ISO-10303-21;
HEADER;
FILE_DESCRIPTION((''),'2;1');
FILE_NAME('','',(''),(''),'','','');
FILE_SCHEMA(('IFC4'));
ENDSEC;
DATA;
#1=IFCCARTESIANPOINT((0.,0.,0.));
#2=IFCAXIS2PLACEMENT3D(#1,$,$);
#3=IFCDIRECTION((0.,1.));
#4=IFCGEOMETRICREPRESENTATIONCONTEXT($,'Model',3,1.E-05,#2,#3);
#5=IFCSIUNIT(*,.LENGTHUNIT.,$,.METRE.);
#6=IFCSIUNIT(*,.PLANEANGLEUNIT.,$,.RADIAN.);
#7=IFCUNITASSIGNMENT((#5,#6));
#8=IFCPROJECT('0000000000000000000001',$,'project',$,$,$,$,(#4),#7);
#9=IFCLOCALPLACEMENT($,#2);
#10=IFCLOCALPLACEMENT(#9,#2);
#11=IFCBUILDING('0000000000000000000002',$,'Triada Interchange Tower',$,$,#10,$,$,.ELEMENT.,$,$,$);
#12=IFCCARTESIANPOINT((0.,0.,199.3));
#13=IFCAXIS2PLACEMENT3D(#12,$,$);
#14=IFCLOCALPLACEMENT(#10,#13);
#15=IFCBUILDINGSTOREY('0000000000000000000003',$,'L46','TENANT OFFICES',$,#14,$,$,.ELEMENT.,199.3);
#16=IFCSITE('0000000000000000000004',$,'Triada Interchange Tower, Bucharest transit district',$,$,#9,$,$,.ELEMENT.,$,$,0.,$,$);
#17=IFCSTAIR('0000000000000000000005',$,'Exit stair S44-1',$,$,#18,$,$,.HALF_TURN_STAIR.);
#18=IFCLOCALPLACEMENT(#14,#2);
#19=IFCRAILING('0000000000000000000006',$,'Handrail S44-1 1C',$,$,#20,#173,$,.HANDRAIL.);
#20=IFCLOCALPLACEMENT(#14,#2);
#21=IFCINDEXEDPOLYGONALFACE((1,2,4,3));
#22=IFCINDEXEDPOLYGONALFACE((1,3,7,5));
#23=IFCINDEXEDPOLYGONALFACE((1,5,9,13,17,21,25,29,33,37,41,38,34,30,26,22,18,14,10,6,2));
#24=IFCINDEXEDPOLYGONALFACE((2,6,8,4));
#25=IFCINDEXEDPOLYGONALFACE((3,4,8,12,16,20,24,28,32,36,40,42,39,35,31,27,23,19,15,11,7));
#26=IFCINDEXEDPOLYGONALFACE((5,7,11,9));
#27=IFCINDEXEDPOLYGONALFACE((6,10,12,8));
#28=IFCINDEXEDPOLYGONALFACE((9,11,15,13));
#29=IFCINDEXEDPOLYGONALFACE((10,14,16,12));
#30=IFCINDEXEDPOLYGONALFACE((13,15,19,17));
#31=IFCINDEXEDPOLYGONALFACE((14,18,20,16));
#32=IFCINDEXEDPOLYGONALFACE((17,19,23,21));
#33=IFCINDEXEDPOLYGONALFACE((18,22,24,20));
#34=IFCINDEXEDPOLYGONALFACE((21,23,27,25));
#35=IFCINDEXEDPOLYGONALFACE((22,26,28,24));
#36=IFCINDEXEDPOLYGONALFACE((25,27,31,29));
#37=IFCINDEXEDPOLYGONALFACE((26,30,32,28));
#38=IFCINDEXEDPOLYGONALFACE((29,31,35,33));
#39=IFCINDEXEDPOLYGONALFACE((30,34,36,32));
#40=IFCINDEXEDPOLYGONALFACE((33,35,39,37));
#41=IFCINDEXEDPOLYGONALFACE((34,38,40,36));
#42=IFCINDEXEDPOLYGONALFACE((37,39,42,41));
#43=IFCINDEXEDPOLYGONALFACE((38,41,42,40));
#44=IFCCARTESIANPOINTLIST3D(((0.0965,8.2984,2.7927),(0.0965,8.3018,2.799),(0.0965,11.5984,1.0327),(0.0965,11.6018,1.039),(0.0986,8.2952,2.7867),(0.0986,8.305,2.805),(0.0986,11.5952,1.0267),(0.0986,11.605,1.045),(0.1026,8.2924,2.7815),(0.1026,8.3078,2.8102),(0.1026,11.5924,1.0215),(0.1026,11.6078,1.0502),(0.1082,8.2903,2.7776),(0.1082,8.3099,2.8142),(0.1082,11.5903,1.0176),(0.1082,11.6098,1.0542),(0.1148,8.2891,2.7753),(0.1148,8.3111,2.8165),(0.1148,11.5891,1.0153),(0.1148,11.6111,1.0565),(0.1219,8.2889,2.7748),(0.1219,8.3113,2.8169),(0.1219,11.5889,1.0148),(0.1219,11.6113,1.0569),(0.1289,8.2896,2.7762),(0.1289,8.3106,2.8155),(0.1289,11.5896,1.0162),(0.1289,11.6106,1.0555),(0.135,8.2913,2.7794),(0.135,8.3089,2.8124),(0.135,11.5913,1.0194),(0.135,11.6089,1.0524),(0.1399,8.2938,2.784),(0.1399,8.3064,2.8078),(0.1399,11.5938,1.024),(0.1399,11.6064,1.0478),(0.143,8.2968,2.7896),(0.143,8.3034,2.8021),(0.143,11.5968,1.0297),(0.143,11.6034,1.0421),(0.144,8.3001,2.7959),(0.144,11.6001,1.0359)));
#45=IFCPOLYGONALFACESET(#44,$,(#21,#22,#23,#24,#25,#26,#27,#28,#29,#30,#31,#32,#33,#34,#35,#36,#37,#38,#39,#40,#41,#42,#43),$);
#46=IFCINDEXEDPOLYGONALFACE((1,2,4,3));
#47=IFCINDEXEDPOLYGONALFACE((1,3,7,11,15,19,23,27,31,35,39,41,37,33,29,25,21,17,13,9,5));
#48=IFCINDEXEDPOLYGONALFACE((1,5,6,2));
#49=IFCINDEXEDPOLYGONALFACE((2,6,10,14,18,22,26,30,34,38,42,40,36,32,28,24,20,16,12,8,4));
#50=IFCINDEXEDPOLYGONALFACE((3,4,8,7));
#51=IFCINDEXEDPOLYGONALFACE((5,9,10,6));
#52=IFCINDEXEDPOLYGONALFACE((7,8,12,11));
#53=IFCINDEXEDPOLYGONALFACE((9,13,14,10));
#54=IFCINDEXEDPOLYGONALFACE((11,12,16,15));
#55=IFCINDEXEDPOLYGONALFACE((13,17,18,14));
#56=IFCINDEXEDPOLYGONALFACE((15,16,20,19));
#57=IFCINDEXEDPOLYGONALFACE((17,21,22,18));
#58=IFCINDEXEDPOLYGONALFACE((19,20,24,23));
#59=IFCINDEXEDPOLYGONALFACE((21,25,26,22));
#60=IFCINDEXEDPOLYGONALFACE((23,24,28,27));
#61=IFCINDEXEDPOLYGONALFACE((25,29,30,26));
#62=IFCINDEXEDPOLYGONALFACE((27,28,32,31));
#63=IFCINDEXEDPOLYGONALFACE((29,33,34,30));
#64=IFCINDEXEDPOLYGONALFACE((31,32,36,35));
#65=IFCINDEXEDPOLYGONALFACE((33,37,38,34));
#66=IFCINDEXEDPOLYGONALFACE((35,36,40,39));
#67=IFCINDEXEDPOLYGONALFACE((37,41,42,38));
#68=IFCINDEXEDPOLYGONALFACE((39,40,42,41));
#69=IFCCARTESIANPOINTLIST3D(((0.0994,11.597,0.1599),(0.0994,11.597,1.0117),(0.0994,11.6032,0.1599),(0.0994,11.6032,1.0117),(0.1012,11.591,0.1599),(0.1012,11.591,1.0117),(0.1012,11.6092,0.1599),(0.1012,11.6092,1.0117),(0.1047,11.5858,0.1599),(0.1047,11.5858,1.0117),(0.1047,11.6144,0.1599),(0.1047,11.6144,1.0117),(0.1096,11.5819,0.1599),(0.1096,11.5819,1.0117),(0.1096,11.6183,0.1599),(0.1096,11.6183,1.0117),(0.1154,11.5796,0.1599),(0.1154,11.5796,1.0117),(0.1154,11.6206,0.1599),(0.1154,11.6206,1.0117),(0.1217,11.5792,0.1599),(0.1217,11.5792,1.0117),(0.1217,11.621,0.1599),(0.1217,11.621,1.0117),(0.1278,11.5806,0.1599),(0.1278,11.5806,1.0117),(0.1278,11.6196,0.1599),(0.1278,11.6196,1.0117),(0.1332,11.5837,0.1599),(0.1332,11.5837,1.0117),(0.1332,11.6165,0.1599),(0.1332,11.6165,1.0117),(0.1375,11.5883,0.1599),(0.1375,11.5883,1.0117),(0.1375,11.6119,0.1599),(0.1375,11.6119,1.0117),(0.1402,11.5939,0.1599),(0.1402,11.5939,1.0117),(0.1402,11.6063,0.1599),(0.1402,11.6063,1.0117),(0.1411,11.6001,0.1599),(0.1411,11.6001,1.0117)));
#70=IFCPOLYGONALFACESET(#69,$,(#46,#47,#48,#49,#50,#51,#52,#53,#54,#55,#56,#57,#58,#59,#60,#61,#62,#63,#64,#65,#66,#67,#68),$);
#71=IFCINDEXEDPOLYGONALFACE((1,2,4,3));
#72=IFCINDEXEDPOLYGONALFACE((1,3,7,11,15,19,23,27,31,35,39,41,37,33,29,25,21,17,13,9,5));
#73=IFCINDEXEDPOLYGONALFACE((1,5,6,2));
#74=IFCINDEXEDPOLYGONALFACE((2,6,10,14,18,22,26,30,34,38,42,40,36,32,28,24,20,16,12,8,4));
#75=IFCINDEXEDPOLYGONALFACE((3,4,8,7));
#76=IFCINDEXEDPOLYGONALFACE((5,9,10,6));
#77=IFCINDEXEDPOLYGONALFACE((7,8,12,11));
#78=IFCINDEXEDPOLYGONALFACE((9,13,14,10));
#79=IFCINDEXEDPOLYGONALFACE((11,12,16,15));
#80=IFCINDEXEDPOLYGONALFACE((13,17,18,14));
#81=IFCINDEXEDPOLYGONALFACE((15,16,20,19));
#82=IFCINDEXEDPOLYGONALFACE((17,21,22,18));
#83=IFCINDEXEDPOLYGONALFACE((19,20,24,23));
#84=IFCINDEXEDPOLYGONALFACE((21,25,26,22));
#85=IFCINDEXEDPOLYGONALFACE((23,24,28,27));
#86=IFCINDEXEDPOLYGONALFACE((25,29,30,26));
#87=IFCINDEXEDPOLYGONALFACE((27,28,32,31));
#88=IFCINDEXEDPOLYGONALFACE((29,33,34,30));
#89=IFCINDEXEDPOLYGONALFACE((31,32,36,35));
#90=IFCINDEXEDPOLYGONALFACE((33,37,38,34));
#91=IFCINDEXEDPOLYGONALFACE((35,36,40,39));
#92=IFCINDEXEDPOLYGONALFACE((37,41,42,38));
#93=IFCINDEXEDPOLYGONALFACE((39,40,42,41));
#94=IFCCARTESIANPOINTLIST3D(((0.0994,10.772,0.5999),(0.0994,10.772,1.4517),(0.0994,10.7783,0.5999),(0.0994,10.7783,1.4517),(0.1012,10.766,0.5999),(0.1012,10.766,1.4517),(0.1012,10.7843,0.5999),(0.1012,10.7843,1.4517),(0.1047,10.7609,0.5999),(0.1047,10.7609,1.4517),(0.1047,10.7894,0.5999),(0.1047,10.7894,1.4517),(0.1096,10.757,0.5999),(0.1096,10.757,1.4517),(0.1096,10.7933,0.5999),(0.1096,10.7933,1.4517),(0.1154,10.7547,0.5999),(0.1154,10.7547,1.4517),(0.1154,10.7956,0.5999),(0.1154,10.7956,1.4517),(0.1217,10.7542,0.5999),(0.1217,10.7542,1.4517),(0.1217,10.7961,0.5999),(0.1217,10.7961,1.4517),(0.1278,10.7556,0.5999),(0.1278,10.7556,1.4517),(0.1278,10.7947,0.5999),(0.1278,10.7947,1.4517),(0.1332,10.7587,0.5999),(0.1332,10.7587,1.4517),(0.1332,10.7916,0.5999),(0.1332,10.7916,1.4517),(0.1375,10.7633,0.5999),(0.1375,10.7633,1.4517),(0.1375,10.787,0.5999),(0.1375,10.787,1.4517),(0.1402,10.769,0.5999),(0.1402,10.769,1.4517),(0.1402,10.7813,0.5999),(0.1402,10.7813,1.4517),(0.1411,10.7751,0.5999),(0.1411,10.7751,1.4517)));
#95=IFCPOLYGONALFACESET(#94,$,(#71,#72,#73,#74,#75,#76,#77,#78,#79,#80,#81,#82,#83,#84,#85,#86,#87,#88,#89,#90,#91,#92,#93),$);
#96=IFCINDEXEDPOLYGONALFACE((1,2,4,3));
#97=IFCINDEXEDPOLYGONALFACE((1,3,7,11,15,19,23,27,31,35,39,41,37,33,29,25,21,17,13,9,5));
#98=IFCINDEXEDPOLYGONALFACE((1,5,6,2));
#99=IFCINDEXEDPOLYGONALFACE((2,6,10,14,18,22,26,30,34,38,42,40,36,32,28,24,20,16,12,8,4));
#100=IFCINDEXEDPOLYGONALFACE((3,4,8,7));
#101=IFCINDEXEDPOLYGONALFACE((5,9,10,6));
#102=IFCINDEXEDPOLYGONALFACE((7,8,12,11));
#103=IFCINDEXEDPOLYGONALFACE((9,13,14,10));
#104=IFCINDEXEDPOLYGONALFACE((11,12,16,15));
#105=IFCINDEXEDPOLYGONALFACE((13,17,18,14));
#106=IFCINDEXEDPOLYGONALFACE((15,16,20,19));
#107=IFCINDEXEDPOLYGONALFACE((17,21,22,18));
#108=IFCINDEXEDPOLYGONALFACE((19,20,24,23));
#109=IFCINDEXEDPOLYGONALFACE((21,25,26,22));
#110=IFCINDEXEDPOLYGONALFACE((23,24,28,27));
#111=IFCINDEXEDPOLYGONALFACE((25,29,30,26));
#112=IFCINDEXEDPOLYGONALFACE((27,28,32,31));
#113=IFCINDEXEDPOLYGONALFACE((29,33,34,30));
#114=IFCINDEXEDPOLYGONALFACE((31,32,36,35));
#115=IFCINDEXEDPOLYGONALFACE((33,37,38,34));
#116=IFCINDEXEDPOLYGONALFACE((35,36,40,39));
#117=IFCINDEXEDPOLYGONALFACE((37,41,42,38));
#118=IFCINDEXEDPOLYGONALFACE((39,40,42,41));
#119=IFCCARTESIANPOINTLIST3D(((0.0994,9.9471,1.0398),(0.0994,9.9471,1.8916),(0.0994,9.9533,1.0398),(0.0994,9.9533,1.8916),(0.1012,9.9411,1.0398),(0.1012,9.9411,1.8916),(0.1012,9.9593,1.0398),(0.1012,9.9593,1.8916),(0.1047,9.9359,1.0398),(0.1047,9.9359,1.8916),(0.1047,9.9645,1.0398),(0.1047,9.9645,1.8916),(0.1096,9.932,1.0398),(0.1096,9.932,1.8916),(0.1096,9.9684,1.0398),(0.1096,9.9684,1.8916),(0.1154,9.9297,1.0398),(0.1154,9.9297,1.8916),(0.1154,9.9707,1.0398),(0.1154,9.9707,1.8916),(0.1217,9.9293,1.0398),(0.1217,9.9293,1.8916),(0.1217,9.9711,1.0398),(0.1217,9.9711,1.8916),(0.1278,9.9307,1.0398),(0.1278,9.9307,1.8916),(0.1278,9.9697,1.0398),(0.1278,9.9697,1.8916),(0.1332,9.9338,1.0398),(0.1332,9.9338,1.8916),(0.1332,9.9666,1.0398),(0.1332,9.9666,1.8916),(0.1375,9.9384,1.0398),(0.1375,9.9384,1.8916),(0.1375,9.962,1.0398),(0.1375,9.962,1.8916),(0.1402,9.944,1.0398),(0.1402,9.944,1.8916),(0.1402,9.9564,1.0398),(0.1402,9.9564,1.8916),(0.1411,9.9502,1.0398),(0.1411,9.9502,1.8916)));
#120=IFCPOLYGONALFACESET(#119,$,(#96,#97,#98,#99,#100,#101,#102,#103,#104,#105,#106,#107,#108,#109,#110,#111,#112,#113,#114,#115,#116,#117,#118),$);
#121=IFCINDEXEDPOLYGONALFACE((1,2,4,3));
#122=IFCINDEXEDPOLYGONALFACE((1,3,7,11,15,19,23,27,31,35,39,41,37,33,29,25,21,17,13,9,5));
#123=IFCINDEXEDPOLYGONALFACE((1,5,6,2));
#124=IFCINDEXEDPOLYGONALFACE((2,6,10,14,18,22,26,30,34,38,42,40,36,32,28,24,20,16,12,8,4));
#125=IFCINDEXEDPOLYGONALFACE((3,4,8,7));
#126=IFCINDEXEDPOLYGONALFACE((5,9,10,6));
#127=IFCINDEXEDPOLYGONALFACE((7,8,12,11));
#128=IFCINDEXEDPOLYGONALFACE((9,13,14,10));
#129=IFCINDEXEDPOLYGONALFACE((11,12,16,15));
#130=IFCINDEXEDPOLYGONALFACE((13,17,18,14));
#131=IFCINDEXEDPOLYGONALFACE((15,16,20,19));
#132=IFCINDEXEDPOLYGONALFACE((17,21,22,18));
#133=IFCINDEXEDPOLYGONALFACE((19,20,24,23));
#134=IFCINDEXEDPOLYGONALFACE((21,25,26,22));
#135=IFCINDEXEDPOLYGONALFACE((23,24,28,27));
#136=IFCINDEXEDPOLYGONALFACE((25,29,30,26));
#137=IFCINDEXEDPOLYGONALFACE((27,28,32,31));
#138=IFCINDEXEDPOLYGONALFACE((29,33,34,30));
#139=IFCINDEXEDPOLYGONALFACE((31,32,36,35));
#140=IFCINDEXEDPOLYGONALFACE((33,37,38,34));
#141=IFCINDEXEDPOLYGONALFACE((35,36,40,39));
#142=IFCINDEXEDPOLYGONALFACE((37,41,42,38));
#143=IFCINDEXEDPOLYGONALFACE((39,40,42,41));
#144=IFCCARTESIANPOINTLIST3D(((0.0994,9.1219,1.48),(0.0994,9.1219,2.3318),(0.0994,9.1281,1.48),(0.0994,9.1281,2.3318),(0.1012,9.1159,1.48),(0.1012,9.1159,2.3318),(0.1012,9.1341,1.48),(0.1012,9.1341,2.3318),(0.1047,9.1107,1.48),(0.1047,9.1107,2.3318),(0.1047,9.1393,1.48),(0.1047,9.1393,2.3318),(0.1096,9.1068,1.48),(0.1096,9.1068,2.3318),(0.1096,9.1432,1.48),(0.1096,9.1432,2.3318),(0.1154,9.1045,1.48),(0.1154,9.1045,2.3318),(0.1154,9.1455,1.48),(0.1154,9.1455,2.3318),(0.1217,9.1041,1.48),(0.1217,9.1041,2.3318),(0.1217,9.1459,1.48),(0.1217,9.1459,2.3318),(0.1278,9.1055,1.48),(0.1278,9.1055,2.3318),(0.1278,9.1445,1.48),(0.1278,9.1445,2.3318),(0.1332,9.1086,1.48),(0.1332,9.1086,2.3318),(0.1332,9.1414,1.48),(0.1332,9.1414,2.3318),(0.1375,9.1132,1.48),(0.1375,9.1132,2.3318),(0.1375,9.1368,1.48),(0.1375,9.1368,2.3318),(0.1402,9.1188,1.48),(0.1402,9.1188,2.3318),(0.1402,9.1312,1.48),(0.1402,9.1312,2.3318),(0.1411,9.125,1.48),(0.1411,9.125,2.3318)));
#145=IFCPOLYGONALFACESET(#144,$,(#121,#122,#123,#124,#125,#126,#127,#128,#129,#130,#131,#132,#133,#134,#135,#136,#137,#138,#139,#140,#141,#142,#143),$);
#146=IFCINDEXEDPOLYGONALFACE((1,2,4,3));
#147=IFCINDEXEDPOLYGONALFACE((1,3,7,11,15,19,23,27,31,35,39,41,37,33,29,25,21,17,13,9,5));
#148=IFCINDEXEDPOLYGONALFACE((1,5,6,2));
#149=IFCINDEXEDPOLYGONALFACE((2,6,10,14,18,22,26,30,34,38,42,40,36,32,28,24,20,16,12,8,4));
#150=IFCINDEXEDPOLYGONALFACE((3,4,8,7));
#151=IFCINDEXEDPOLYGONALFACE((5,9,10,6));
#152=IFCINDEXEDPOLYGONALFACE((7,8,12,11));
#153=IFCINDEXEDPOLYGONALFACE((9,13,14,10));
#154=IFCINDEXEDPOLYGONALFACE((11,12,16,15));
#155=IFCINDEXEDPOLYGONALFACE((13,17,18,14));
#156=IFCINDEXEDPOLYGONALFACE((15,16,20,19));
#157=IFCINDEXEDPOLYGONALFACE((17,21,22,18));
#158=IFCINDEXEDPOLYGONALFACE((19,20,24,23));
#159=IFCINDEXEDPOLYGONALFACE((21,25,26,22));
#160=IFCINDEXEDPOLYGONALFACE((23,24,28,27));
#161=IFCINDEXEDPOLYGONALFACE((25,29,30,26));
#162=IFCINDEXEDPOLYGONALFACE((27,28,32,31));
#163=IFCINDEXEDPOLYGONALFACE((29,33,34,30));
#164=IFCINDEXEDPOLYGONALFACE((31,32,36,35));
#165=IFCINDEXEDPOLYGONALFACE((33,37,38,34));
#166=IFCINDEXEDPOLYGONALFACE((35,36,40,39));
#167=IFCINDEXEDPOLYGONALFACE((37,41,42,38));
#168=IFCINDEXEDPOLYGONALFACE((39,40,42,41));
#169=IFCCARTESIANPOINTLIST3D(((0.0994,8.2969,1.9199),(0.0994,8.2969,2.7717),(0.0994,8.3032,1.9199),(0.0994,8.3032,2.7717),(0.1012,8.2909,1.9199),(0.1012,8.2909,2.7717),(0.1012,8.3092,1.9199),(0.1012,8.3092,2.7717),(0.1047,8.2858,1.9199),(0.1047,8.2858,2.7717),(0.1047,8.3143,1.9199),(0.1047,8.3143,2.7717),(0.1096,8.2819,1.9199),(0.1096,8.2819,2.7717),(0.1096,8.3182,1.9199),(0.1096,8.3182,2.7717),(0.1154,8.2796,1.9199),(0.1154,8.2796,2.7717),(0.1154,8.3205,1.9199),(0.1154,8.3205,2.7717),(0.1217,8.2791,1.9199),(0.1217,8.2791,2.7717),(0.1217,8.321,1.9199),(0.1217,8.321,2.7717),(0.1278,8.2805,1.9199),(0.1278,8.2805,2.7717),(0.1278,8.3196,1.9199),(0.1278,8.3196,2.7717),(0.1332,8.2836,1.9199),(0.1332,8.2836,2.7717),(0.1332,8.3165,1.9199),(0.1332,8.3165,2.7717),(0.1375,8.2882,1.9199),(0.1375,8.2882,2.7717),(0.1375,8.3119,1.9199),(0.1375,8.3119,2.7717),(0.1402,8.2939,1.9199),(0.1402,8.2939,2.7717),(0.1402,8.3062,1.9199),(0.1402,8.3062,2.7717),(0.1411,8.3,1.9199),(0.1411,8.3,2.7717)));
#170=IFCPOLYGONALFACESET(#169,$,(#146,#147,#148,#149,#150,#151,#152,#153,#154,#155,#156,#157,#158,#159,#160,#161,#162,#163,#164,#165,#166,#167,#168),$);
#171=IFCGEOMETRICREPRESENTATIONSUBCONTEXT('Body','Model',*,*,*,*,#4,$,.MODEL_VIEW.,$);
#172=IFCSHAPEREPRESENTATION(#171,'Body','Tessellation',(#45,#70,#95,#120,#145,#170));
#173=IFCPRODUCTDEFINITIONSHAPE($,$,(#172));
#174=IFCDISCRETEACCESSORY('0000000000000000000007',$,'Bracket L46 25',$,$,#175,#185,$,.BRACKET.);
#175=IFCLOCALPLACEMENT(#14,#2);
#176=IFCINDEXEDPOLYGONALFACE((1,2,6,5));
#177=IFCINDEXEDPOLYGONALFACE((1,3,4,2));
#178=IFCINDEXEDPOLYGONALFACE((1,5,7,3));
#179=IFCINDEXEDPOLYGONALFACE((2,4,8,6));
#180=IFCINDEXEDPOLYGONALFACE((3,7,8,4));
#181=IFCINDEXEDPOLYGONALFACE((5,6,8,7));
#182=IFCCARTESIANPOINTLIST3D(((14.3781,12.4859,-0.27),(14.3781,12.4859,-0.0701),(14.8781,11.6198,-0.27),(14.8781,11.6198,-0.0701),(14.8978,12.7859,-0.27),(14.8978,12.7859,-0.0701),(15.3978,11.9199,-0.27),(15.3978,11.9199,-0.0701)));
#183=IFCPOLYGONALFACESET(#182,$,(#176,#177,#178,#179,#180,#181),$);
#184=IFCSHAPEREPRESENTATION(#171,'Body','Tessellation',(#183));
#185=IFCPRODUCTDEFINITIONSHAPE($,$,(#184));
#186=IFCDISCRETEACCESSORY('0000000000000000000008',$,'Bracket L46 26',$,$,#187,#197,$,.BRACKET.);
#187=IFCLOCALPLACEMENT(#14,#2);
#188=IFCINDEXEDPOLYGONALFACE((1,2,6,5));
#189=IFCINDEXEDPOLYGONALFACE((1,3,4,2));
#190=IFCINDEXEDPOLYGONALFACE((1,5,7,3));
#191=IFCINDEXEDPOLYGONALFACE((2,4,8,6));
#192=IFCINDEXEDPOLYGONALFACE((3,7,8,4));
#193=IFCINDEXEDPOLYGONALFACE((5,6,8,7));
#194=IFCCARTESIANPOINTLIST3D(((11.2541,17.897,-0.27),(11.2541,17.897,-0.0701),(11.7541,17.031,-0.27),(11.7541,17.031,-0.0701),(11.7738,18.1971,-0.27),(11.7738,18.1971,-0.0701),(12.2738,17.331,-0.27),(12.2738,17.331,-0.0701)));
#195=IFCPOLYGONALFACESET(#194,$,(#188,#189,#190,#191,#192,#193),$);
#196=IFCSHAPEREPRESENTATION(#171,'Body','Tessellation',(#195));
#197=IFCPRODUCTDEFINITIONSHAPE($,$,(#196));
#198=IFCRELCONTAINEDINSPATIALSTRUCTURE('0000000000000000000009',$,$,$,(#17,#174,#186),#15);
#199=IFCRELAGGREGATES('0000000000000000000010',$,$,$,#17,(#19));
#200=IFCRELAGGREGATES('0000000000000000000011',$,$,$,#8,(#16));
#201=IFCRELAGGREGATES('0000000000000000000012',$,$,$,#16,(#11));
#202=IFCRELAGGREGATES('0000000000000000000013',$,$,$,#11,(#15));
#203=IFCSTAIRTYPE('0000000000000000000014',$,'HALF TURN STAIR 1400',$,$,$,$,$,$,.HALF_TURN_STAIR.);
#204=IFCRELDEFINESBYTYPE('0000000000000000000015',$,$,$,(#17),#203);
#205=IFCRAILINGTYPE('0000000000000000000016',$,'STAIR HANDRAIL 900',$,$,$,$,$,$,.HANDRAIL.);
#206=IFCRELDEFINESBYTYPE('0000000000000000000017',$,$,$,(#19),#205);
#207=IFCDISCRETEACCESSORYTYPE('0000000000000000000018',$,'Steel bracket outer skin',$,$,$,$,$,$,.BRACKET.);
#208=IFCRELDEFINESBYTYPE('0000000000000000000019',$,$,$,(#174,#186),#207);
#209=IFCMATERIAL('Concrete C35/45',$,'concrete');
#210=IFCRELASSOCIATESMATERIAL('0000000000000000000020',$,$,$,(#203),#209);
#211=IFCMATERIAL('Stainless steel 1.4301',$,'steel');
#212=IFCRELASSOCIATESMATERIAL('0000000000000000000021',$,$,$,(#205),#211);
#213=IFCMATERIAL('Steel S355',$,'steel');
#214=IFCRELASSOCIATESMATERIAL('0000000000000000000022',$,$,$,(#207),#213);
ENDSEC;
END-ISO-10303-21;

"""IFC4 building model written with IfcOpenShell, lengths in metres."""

from ifc_helpers import new_model, si_unit, direction, frame, origin, origin_2d, place, context, subcontext, project, spatial, rectangle, circle, extrude, material, type_object, element, aggregate, save


model = new_model("IFC4")

# Units and contexts
model_context = context("Model", 3, precision=1e-05, world=origin(), true_north=direction((0.0, 1.0)))
body_context = subcontext(model_context, "Body", "Model", "MODEL_VIEW")
ifc_project = project(units=[si_unit("LENGTHUNIT", "METRE"), si_unit("PLANEANGLEUNIT", "RADIAN")], contexts=[model_context])

# Site, building, storey
site_placement = place(None, origin())
site = spatial("IfcSite", under=ifc_project, at=site_placement, Name="Triada Interchange Tower, Bucharest transit district", CompositionType="ELEMENT", RefElevation=0.0)
building_placement = place(site_placement, origin())
building = spatial("IfcBuilding", under=site, at=building_placement, Name="Triada Interchange Tower", CompositionType="ELEMENT")
storey_placement = place(building_placement, frame((0.0, 0.0, 199.3)))
storey = spatial("IfcBuildingStorey", under=building, at=storey_placement, Name="L46", Description="TENANT OFFICES", CompositionType="ELEMENT", Elevation=199.3)

# Stair
ifc_material_1 = material(Name="Concrete C35/45", Category="concrete")
stair_type = type_object("IfcStairType", Name="HALF TURN STAIR 1400", PredefinedType="HALF_TURN_STAIR", material=ifc_material_1)
stair_placement = place(storey_placement, origin())
stair = element("IfcStair", 1, at=stair_placement, inside=storey, type_object=stair_type, Name="Exit stair S44-1", PredefinedType="HALF_TURN_STAIR")

# Railing
ifc_material_2 = material(Name="Stainless steel 1.4301", Category="steel")
railing_type = type_object("IfcRailingType", Name="STAIR HANDRAIL 900", PredefinedType="HANDRAIL", material=ifc_material_2)
railing_1_placement = place(storey_placement, frame((0.1201, 11.6001, 0.1599)))
railing_1 = element("IfcRailing", 2, at=railing_1_placement, type_object=railing_type, Name="Handrail S44-1 1C", PredefinedType="HANDRAIL", context=body_context, shape_type="SweptSolid", body=[
    extrude(circle(Radius=0.0239, at=origin_2d()), frame((0.0, 0.0, 0.876), z_axis=(0.0, -0.882355, 0.470585), x_axis=(1.0, 0.0, 0.0)), (0.0, 0.0, 1.0), 3.74),
    extrude(circle(Radius=0.021, at=origin_2d()), origin(), (0.0, 0.0, 1.0), 0.8518),
    extrude(circle(Radius=0.021, at=origin_2d()), frame((0.0, -0.825, 0.4399)), (0.0, 0.0, 1.0), 0.8518),
    extrude(circle(Radius=0.021, at=origin_2d()), frame((0.0, -1.6499, 0.8799)), (0.0, 0.0, 1.0), 0.8518),
    extrude(circle(Radius=0.021, at=origin_2d()), frame((0.0, -2.4751, 1.3201)), (0.0, 0.0, 1.0), 0.8518),
    extrude(circle(Radius=0.021, at=origin_2d()), frame((0.0, -3.3, 1.76)), (0.0, 0.0, 1.0), 0.8518),
])
aggregate(stair, [railing_1])

# Discrete accessories
ifc_material_3 = material(Name="Steel S355", Category="steel")
discrete_accessory_type = type_object("IfcDiscreteAccessoryType", Name="Steel bracket outer skin", PredefinedType="BRACKET", material=ifc_material_3)
for number, where, z_axis, x_axis, name in (
    (3, (14.8879, 12.2029, -0.27), (0.0, 0.0, 1.0), (0.866023, 0.500003, 0.0), "Bracket L46 25"),
    (4, (11.7639, 17.614, -0.27), (0.0, 0.0, 1.0), (0.866023, 0.500003, 0.0), "Bracket L46 26"),
):
    element("IfcDiscreteAccessory", number, at=place(storey_placement, frame(where, z_axis=z_axis, x_axis=x_axis)), inside=storey, type_object=discrete_accessory_type, Name=name, PredefinedType="BRACKET", context=body_context, shape_type="SweptSolid", body=[
        extrude(rectangle(XDim=0.6001, YDim=1.0, at=origin_2d()), origin(), (0.0, 0.0, 1.0), 0.2),
    ])

save(model, "model.ifc")
